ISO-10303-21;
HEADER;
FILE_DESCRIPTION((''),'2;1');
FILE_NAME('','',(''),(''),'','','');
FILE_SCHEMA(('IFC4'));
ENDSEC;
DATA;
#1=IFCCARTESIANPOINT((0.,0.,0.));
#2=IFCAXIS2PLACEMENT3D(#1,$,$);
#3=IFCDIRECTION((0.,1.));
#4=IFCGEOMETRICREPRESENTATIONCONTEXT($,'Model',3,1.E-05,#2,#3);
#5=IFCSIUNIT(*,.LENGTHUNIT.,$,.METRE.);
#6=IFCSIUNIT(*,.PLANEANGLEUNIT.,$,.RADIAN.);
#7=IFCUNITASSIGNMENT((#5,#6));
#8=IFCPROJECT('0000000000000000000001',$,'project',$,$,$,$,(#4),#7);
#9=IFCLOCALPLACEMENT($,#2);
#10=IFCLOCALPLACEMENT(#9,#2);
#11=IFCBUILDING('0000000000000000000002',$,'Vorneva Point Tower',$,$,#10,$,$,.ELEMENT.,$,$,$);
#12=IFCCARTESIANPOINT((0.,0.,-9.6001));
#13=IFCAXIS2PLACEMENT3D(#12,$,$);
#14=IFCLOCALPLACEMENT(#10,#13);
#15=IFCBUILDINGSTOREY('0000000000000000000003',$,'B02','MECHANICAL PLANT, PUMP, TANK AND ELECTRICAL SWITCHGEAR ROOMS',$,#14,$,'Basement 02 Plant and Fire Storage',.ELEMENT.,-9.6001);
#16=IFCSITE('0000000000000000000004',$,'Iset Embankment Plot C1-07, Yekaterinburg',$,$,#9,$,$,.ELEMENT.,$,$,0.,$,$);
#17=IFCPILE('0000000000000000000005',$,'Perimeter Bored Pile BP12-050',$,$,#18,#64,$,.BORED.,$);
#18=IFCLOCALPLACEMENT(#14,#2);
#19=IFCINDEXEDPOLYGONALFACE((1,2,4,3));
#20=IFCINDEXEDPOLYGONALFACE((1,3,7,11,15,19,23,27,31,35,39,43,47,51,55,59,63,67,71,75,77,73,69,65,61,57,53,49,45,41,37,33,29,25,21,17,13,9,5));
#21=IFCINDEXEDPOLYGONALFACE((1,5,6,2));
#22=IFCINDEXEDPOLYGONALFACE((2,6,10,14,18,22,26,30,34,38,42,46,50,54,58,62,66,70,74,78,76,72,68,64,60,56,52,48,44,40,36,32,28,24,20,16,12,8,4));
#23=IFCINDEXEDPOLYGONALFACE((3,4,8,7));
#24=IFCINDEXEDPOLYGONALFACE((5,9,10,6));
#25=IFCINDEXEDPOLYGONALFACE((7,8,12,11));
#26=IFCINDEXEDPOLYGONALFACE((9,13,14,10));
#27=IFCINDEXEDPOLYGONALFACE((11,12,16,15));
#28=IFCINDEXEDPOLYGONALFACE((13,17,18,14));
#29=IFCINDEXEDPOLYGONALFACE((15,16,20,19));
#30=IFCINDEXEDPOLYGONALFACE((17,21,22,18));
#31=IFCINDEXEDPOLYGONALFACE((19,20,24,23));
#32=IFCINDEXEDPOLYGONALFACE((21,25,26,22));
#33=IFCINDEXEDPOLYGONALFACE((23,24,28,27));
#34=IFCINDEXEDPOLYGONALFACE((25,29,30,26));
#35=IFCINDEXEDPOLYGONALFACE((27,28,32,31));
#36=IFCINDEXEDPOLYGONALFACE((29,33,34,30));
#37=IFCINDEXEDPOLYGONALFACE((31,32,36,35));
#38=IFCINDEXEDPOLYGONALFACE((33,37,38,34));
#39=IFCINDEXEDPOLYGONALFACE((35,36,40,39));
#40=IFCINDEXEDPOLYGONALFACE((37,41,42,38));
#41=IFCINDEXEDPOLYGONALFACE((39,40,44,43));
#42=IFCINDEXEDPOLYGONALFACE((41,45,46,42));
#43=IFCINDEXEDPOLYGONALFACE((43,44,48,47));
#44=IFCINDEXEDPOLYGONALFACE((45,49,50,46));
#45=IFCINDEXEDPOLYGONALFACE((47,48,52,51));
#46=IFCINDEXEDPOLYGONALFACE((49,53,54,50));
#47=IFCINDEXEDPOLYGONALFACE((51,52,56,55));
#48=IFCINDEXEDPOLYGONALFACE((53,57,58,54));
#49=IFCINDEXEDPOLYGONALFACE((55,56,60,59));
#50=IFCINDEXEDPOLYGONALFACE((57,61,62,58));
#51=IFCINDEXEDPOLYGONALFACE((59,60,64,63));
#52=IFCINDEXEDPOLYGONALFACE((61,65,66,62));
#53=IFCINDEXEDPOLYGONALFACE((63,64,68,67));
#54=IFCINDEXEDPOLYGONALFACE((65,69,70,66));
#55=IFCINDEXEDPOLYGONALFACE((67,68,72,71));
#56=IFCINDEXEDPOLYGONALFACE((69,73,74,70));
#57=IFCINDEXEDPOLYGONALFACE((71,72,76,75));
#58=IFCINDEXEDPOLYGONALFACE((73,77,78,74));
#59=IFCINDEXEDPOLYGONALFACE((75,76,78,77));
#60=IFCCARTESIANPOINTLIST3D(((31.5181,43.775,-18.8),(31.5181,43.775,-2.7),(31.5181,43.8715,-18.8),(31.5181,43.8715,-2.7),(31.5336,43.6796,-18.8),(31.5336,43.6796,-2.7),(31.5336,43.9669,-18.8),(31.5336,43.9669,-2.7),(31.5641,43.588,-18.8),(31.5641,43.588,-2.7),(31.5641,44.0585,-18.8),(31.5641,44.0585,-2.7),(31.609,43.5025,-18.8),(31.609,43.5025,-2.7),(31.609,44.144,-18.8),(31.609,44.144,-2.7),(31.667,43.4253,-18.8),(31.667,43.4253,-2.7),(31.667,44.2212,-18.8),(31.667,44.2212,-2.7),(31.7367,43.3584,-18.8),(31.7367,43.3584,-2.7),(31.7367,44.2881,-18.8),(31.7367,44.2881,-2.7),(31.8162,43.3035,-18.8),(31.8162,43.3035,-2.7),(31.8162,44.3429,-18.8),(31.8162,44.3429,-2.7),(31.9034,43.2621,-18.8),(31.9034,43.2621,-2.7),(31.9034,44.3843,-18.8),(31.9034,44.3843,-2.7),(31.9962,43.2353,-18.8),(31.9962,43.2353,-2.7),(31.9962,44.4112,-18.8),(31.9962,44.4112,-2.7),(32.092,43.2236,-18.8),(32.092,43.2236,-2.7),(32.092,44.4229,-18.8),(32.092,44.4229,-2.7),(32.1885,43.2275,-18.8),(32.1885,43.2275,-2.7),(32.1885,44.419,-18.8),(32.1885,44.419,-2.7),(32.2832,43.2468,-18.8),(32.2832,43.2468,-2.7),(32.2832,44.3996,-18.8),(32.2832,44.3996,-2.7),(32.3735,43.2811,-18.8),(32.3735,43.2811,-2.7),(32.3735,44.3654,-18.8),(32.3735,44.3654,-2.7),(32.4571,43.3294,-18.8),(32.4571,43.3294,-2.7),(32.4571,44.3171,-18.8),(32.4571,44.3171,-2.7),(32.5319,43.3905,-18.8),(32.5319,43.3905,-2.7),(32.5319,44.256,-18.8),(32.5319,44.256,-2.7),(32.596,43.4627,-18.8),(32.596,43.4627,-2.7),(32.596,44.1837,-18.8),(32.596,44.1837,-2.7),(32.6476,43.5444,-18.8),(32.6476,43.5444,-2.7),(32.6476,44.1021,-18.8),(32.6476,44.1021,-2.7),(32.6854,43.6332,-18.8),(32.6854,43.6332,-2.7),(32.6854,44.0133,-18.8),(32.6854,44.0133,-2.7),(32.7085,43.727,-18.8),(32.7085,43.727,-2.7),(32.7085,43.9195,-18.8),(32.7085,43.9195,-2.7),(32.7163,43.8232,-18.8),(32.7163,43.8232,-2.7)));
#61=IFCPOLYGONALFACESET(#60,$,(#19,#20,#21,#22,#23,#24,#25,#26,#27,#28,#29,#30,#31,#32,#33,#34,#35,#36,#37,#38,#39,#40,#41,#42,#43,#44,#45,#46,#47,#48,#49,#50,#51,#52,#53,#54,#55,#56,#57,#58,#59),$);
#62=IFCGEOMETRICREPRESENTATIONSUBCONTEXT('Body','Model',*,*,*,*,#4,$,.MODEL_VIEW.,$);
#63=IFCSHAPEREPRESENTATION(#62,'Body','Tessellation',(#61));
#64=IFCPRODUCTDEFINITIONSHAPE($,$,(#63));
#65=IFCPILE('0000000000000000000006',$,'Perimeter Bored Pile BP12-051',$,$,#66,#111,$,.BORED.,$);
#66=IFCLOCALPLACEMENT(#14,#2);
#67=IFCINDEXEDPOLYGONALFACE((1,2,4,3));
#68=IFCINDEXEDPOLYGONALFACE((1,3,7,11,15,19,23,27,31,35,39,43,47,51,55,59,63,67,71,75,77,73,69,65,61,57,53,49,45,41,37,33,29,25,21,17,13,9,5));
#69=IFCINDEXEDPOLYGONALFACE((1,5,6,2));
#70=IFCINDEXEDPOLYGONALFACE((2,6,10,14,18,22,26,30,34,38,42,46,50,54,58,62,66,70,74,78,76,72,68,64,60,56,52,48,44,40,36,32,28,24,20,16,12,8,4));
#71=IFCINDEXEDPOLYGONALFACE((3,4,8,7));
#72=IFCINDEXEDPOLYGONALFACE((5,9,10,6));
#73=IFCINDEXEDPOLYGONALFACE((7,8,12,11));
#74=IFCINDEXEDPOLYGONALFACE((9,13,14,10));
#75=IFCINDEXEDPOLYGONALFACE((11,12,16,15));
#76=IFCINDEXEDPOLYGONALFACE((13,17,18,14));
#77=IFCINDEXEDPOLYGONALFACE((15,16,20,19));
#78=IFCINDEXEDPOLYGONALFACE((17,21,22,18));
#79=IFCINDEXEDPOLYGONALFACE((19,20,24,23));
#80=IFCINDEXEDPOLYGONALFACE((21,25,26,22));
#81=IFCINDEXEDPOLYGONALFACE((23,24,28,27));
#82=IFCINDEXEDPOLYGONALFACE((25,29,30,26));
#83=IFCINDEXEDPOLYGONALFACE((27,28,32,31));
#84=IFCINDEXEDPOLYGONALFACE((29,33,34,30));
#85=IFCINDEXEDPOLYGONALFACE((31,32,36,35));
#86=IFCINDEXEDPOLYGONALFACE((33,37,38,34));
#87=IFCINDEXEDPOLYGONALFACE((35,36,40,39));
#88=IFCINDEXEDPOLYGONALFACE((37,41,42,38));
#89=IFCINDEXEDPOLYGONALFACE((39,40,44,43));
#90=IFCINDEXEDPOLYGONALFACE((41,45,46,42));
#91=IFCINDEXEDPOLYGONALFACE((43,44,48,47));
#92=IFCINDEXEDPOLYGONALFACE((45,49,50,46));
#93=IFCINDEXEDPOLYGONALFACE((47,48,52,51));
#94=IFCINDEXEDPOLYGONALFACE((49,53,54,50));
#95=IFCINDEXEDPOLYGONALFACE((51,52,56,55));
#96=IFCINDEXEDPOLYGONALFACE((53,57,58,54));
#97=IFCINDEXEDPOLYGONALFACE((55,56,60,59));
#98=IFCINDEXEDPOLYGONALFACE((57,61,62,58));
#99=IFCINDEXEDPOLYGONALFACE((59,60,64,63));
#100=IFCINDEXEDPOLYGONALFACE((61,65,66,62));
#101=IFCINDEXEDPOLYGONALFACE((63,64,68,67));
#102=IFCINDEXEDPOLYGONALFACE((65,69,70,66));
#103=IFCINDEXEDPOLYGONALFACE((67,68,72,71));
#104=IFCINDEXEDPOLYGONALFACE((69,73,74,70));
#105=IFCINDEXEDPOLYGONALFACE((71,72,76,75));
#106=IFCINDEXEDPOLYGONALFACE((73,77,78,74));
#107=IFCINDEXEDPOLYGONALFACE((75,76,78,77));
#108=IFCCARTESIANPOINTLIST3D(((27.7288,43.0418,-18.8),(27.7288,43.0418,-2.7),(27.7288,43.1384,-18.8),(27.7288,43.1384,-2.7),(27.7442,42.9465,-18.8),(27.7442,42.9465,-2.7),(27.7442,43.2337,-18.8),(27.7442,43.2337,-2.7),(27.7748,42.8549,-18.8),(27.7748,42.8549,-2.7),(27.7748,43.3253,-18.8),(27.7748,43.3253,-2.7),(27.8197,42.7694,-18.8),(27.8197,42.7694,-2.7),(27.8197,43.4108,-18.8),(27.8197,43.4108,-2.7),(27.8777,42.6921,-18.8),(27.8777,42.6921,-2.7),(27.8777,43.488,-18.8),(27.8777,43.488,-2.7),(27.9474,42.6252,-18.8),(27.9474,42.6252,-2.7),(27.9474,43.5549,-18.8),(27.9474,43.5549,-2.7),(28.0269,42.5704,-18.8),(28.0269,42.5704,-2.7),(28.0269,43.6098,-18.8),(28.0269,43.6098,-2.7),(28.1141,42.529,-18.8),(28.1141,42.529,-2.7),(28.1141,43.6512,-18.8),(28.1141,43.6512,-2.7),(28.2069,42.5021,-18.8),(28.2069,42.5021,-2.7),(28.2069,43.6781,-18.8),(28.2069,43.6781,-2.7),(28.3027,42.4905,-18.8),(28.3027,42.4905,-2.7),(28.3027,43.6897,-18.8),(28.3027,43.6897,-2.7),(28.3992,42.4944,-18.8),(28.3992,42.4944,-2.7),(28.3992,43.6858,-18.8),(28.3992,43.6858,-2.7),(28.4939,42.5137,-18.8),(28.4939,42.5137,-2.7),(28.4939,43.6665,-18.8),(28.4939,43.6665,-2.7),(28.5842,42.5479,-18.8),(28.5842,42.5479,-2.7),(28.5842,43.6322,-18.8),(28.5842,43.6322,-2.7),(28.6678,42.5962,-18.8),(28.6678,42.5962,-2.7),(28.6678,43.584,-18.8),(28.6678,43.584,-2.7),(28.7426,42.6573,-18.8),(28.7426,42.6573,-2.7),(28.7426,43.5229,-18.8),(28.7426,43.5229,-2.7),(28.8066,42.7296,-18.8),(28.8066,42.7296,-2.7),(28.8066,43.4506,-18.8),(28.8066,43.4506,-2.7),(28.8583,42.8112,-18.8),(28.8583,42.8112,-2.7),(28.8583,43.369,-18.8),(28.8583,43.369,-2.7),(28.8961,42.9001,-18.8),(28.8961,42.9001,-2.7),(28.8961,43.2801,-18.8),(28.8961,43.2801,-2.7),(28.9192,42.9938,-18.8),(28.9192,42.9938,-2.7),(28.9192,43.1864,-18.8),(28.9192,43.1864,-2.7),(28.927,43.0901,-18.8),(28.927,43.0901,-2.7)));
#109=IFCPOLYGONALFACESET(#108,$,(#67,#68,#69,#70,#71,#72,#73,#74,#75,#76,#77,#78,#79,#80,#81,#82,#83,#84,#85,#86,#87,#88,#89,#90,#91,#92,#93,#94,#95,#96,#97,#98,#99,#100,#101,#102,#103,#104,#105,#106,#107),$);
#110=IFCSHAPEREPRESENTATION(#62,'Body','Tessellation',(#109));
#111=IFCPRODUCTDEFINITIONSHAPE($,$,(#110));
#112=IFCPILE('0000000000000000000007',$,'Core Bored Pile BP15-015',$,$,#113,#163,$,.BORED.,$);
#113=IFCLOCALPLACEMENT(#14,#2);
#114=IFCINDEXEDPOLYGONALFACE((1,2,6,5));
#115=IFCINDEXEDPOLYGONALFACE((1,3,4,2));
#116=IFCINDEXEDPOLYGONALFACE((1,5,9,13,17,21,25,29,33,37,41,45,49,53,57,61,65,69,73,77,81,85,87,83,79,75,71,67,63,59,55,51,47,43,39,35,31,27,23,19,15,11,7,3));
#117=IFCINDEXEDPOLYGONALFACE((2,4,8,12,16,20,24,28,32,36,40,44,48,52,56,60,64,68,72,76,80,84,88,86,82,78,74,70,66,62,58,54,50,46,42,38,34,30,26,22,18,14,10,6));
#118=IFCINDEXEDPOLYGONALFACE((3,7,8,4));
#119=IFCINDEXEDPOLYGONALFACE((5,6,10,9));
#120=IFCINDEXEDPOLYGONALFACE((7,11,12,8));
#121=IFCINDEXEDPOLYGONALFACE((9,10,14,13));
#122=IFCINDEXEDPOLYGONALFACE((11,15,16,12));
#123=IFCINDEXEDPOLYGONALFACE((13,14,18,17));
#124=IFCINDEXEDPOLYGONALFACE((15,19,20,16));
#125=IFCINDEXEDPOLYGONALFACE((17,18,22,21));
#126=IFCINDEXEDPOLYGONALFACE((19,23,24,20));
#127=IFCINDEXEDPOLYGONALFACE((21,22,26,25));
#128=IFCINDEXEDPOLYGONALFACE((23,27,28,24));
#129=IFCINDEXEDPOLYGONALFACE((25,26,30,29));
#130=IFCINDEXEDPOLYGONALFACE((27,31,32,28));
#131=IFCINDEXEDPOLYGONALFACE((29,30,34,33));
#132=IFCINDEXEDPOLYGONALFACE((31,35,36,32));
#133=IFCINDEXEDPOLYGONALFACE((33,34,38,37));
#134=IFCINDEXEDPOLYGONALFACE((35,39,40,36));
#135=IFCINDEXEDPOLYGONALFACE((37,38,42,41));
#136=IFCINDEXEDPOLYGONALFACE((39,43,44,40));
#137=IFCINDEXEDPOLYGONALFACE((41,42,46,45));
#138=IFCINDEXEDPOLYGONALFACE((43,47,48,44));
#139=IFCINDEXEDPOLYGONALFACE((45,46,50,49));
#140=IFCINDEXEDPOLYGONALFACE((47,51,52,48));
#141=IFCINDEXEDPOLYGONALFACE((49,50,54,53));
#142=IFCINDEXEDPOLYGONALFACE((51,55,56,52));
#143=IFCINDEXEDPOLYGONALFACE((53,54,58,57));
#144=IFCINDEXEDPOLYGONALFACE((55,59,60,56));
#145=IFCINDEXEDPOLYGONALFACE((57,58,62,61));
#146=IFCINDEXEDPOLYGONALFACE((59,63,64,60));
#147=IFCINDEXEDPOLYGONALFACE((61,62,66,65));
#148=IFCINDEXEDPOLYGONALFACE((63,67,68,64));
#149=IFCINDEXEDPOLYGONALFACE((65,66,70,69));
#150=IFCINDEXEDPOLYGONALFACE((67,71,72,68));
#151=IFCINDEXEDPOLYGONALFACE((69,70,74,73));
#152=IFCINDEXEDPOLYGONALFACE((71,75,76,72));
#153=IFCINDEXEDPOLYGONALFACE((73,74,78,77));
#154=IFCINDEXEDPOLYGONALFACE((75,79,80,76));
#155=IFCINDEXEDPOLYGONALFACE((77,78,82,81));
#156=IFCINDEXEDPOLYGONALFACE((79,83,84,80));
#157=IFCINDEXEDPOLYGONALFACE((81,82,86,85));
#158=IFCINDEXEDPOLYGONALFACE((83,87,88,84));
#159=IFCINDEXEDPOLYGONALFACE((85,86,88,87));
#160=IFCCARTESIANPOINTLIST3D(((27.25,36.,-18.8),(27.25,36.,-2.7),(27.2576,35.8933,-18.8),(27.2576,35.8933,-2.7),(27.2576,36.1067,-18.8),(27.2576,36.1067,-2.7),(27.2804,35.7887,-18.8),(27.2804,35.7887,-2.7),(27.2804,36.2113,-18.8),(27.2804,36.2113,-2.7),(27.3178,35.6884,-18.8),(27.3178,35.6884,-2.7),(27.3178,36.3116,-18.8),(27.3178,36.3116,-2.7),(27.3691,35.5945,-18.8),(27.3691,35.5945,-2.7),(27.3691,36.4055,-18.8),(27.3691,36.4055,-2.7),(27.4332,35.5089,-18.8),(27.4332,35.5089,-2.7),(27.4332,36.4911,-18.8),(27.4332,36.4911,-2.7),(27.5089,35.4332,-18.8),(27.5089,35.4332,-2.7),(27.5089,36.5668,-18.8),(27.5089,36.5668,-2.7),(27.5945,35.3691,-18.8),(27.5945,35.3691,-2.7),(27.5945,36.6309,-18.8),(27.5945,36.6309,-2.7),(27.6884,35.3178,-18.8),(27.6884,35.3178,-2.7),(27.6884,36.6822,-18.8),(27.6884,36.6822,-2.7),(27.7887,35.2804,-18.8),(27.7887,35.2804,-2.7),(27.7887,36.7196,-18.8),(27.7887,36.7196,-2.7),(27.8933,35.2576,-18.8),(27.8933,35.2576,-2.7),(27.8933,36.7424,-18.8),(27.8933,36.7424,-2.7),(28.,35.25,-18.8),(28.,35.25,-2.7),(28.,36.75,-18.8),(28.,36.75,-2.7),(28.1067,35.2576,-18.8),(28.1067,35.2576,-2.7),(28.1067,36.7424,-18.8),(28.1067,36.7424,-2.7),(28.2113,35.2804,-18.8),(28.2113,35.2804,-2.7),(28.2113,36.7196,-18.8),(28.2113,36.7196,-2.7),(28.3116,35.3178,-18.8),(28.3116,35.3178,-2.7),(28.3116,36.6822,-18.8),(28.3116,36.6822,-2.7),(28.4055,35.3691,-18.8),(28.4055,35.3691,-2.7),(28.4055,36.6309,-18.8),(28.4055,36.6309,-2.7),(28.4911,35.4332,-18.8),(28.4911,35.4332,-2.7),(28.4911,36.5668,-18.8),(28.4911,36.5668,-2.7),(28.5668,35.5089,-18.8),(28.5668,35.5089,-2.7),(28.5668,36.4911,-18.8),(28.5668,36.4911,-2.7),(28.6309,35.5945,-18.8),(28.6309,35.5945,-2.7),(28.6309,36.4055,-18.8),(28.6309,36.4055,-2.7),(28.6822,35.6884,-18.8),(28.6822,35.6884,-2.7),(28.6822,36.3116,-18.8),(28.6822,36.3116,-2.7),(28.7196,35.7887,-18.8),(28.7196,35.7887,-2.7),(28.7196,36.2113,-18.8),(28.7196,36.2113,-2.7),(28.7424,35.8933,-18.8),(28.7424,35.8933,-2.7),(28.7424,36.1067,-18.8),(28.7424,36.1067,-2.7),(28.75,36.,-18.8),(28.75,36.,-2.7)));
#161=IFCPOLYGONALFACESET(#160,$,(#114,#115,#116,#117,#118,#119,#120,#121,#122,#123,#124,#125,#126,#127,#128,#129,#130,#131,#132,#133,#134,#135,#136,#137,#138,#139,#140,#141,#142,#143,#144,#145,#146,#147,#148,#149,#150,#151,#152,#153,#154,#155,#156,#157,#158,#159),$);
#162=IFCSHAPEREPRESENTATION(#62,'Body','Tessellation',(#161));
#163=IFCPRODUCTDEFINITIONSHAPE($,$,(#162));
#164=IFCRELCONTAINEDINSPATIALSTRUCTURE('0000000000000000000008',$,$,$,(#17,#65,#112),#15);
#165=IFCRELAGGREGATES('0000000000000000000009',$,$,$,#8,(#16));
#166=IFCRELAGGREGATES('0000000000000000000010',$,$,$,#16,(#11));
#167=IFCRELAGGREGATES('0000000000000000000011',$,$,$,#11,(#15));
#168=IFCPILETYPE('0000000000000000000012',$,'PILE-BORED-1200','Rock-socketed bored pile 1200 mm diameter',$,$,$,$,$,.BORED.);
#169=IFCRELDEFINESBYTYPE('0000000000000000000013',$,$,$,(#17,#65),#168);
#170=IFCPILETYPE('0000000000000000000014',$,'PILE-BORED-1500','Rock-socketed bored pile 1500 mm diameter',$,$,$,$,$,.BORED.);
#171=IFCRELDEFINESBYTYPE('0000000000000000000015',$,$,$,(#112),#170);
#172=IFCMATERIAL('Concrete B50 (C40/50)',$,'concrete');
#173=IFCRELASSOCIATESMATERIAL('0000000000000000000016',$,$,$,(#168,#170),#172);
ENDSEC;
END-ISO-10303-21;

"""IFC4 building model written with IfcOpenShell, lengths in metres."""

from ifc_helpers import new_model, si_unit, direction, frame, origin, origin_2d, place, context, subcontext, project, spatial, circle, extrude, material, material_profile, profile_set, type_object, element, save


model = new_model("IFC4")

# Units and contexts
model_context = context("Model", 3, precision=1e-05, world=origin(), true_north=direction((0.0, 1.0)))
body_context = subcontext(model_context, "Body", "Model", "MODEL_VIEW")
ifc_project = project(units=[si_unit("LENGTHUNIT", "METRE"), si_unit("PLANEANGLEUNIT", "RADIAN")], contexts=[model_context])

# Site, building, storey
site_placement = place(None, origin())
site = spatial("IfcSite", under=ifc_project, at=site_placement, Name="Iset Embankment Plot C1-07, Yekaterinburg", CompositionType="ELEMENT", RefElevation=0.0)
building_placement = place(site_placement, origin())
building = spatial("IfcBuilding", under=site, at=building_placement, Name="Vorneva Point Tower", CompositionType="ELEMENT")
storey_placement = place(building_placement, frame((0.0, 0.0, -9.6001)))
storey = spatial("IfcBuildingStorey", under=building, at=storey_placement, Name="B02", Description="MECHANICAL PLANT, PUMP, TANK AND ELECTRICAL SWITCHGEAR ROOMS", LongName="Basement 02 Plant and Fire Storage", CompositionType="ELEMENT", Elevation=-9.6001)

# Piles
ifc_material_1 = material(Name="Concrete B50 (C40/50)", Category="concrete")
ifc_material_profile_1 = material_profile(ifc_material_1, circle(Radius=0.6001, at=origin_2d()), Name="PILE-1200")
ifc_profile_set_1 = profile_set([ifc_material_profile_1], Name="Concrete B50 (C40/50)")
pile_type_1 = type_object("IfcPileType", Name="PILE-BORED-1200", Description="Rock-socketed bored pile 1200 mm diameter", PredefinedType="BORED", material=ifc_profile_set_1)
for number, where, z_axis, x_axis, name in (
    (1, (32.1162, 43.8232, -2.7), (0.0, 0.0, -1.0), (1.0, 0.0, 0.0), "Perimeter Bored Pile BP12-050"),
    (2, (28.3269, 43.0901, -2.7), (0.0, 0.0, -1.0), (1.0, 0.0, 0.0), "Perimeter Bored Pile BP12-051"),
):
    element("IfcPile", number, at=place(storey_placement, frame(where, z_axis=z_axis, x_axis=x_axis)), inside=storey, type_object=pile_type_1, Name=name, PredefinedType="BORED", context=body_context, shape_type="SweptSolid", body=[
        extrude(circle(Radius=0.6001, at=origin_2d()), origin(), (0.0, 0.0, 1.0), 16.1001),
    ])
ifc_material_profile_2 = material_profile(ifc_material_1, circle(Radius=0.75, at=origin_2d()), Name="PILE-1500")
ifc_profile_set_2 = profile_set([ifc_material_profile_2], Name="Concrete B50 (C40/50)")
pile_type_2 = type_object("IfcPileType", Name="PILE-BORED-1500", Description="Rock-socketed bored pile 1500 mm diameter", PredefinedType="BORED", material=ifc_profile_set_2)
for number, where, z_axis, x_axis, name in (
    (3, (28.0, 36.0, -2.7), (0.0, 0.0, -1.0), (1.0, 0.0, 0.0), "Core Bored Pile BP15-015"),
):
    element("IfcPile", number, at=place(storey_placement, frame(where, z_axis=z_axis, x_axis=x_axis)), inside=storey, type_object=pile_type_2, Name=name, PredefinedType="BORED", context=body_context, shape_type="SweptSolid", body=[
        extrude(circle(Radius=0.75, at=origin_2d()), origin(), (0.0, 0.0, 1.0), 16.1001),
    ])

save(model, "model.ifc")
